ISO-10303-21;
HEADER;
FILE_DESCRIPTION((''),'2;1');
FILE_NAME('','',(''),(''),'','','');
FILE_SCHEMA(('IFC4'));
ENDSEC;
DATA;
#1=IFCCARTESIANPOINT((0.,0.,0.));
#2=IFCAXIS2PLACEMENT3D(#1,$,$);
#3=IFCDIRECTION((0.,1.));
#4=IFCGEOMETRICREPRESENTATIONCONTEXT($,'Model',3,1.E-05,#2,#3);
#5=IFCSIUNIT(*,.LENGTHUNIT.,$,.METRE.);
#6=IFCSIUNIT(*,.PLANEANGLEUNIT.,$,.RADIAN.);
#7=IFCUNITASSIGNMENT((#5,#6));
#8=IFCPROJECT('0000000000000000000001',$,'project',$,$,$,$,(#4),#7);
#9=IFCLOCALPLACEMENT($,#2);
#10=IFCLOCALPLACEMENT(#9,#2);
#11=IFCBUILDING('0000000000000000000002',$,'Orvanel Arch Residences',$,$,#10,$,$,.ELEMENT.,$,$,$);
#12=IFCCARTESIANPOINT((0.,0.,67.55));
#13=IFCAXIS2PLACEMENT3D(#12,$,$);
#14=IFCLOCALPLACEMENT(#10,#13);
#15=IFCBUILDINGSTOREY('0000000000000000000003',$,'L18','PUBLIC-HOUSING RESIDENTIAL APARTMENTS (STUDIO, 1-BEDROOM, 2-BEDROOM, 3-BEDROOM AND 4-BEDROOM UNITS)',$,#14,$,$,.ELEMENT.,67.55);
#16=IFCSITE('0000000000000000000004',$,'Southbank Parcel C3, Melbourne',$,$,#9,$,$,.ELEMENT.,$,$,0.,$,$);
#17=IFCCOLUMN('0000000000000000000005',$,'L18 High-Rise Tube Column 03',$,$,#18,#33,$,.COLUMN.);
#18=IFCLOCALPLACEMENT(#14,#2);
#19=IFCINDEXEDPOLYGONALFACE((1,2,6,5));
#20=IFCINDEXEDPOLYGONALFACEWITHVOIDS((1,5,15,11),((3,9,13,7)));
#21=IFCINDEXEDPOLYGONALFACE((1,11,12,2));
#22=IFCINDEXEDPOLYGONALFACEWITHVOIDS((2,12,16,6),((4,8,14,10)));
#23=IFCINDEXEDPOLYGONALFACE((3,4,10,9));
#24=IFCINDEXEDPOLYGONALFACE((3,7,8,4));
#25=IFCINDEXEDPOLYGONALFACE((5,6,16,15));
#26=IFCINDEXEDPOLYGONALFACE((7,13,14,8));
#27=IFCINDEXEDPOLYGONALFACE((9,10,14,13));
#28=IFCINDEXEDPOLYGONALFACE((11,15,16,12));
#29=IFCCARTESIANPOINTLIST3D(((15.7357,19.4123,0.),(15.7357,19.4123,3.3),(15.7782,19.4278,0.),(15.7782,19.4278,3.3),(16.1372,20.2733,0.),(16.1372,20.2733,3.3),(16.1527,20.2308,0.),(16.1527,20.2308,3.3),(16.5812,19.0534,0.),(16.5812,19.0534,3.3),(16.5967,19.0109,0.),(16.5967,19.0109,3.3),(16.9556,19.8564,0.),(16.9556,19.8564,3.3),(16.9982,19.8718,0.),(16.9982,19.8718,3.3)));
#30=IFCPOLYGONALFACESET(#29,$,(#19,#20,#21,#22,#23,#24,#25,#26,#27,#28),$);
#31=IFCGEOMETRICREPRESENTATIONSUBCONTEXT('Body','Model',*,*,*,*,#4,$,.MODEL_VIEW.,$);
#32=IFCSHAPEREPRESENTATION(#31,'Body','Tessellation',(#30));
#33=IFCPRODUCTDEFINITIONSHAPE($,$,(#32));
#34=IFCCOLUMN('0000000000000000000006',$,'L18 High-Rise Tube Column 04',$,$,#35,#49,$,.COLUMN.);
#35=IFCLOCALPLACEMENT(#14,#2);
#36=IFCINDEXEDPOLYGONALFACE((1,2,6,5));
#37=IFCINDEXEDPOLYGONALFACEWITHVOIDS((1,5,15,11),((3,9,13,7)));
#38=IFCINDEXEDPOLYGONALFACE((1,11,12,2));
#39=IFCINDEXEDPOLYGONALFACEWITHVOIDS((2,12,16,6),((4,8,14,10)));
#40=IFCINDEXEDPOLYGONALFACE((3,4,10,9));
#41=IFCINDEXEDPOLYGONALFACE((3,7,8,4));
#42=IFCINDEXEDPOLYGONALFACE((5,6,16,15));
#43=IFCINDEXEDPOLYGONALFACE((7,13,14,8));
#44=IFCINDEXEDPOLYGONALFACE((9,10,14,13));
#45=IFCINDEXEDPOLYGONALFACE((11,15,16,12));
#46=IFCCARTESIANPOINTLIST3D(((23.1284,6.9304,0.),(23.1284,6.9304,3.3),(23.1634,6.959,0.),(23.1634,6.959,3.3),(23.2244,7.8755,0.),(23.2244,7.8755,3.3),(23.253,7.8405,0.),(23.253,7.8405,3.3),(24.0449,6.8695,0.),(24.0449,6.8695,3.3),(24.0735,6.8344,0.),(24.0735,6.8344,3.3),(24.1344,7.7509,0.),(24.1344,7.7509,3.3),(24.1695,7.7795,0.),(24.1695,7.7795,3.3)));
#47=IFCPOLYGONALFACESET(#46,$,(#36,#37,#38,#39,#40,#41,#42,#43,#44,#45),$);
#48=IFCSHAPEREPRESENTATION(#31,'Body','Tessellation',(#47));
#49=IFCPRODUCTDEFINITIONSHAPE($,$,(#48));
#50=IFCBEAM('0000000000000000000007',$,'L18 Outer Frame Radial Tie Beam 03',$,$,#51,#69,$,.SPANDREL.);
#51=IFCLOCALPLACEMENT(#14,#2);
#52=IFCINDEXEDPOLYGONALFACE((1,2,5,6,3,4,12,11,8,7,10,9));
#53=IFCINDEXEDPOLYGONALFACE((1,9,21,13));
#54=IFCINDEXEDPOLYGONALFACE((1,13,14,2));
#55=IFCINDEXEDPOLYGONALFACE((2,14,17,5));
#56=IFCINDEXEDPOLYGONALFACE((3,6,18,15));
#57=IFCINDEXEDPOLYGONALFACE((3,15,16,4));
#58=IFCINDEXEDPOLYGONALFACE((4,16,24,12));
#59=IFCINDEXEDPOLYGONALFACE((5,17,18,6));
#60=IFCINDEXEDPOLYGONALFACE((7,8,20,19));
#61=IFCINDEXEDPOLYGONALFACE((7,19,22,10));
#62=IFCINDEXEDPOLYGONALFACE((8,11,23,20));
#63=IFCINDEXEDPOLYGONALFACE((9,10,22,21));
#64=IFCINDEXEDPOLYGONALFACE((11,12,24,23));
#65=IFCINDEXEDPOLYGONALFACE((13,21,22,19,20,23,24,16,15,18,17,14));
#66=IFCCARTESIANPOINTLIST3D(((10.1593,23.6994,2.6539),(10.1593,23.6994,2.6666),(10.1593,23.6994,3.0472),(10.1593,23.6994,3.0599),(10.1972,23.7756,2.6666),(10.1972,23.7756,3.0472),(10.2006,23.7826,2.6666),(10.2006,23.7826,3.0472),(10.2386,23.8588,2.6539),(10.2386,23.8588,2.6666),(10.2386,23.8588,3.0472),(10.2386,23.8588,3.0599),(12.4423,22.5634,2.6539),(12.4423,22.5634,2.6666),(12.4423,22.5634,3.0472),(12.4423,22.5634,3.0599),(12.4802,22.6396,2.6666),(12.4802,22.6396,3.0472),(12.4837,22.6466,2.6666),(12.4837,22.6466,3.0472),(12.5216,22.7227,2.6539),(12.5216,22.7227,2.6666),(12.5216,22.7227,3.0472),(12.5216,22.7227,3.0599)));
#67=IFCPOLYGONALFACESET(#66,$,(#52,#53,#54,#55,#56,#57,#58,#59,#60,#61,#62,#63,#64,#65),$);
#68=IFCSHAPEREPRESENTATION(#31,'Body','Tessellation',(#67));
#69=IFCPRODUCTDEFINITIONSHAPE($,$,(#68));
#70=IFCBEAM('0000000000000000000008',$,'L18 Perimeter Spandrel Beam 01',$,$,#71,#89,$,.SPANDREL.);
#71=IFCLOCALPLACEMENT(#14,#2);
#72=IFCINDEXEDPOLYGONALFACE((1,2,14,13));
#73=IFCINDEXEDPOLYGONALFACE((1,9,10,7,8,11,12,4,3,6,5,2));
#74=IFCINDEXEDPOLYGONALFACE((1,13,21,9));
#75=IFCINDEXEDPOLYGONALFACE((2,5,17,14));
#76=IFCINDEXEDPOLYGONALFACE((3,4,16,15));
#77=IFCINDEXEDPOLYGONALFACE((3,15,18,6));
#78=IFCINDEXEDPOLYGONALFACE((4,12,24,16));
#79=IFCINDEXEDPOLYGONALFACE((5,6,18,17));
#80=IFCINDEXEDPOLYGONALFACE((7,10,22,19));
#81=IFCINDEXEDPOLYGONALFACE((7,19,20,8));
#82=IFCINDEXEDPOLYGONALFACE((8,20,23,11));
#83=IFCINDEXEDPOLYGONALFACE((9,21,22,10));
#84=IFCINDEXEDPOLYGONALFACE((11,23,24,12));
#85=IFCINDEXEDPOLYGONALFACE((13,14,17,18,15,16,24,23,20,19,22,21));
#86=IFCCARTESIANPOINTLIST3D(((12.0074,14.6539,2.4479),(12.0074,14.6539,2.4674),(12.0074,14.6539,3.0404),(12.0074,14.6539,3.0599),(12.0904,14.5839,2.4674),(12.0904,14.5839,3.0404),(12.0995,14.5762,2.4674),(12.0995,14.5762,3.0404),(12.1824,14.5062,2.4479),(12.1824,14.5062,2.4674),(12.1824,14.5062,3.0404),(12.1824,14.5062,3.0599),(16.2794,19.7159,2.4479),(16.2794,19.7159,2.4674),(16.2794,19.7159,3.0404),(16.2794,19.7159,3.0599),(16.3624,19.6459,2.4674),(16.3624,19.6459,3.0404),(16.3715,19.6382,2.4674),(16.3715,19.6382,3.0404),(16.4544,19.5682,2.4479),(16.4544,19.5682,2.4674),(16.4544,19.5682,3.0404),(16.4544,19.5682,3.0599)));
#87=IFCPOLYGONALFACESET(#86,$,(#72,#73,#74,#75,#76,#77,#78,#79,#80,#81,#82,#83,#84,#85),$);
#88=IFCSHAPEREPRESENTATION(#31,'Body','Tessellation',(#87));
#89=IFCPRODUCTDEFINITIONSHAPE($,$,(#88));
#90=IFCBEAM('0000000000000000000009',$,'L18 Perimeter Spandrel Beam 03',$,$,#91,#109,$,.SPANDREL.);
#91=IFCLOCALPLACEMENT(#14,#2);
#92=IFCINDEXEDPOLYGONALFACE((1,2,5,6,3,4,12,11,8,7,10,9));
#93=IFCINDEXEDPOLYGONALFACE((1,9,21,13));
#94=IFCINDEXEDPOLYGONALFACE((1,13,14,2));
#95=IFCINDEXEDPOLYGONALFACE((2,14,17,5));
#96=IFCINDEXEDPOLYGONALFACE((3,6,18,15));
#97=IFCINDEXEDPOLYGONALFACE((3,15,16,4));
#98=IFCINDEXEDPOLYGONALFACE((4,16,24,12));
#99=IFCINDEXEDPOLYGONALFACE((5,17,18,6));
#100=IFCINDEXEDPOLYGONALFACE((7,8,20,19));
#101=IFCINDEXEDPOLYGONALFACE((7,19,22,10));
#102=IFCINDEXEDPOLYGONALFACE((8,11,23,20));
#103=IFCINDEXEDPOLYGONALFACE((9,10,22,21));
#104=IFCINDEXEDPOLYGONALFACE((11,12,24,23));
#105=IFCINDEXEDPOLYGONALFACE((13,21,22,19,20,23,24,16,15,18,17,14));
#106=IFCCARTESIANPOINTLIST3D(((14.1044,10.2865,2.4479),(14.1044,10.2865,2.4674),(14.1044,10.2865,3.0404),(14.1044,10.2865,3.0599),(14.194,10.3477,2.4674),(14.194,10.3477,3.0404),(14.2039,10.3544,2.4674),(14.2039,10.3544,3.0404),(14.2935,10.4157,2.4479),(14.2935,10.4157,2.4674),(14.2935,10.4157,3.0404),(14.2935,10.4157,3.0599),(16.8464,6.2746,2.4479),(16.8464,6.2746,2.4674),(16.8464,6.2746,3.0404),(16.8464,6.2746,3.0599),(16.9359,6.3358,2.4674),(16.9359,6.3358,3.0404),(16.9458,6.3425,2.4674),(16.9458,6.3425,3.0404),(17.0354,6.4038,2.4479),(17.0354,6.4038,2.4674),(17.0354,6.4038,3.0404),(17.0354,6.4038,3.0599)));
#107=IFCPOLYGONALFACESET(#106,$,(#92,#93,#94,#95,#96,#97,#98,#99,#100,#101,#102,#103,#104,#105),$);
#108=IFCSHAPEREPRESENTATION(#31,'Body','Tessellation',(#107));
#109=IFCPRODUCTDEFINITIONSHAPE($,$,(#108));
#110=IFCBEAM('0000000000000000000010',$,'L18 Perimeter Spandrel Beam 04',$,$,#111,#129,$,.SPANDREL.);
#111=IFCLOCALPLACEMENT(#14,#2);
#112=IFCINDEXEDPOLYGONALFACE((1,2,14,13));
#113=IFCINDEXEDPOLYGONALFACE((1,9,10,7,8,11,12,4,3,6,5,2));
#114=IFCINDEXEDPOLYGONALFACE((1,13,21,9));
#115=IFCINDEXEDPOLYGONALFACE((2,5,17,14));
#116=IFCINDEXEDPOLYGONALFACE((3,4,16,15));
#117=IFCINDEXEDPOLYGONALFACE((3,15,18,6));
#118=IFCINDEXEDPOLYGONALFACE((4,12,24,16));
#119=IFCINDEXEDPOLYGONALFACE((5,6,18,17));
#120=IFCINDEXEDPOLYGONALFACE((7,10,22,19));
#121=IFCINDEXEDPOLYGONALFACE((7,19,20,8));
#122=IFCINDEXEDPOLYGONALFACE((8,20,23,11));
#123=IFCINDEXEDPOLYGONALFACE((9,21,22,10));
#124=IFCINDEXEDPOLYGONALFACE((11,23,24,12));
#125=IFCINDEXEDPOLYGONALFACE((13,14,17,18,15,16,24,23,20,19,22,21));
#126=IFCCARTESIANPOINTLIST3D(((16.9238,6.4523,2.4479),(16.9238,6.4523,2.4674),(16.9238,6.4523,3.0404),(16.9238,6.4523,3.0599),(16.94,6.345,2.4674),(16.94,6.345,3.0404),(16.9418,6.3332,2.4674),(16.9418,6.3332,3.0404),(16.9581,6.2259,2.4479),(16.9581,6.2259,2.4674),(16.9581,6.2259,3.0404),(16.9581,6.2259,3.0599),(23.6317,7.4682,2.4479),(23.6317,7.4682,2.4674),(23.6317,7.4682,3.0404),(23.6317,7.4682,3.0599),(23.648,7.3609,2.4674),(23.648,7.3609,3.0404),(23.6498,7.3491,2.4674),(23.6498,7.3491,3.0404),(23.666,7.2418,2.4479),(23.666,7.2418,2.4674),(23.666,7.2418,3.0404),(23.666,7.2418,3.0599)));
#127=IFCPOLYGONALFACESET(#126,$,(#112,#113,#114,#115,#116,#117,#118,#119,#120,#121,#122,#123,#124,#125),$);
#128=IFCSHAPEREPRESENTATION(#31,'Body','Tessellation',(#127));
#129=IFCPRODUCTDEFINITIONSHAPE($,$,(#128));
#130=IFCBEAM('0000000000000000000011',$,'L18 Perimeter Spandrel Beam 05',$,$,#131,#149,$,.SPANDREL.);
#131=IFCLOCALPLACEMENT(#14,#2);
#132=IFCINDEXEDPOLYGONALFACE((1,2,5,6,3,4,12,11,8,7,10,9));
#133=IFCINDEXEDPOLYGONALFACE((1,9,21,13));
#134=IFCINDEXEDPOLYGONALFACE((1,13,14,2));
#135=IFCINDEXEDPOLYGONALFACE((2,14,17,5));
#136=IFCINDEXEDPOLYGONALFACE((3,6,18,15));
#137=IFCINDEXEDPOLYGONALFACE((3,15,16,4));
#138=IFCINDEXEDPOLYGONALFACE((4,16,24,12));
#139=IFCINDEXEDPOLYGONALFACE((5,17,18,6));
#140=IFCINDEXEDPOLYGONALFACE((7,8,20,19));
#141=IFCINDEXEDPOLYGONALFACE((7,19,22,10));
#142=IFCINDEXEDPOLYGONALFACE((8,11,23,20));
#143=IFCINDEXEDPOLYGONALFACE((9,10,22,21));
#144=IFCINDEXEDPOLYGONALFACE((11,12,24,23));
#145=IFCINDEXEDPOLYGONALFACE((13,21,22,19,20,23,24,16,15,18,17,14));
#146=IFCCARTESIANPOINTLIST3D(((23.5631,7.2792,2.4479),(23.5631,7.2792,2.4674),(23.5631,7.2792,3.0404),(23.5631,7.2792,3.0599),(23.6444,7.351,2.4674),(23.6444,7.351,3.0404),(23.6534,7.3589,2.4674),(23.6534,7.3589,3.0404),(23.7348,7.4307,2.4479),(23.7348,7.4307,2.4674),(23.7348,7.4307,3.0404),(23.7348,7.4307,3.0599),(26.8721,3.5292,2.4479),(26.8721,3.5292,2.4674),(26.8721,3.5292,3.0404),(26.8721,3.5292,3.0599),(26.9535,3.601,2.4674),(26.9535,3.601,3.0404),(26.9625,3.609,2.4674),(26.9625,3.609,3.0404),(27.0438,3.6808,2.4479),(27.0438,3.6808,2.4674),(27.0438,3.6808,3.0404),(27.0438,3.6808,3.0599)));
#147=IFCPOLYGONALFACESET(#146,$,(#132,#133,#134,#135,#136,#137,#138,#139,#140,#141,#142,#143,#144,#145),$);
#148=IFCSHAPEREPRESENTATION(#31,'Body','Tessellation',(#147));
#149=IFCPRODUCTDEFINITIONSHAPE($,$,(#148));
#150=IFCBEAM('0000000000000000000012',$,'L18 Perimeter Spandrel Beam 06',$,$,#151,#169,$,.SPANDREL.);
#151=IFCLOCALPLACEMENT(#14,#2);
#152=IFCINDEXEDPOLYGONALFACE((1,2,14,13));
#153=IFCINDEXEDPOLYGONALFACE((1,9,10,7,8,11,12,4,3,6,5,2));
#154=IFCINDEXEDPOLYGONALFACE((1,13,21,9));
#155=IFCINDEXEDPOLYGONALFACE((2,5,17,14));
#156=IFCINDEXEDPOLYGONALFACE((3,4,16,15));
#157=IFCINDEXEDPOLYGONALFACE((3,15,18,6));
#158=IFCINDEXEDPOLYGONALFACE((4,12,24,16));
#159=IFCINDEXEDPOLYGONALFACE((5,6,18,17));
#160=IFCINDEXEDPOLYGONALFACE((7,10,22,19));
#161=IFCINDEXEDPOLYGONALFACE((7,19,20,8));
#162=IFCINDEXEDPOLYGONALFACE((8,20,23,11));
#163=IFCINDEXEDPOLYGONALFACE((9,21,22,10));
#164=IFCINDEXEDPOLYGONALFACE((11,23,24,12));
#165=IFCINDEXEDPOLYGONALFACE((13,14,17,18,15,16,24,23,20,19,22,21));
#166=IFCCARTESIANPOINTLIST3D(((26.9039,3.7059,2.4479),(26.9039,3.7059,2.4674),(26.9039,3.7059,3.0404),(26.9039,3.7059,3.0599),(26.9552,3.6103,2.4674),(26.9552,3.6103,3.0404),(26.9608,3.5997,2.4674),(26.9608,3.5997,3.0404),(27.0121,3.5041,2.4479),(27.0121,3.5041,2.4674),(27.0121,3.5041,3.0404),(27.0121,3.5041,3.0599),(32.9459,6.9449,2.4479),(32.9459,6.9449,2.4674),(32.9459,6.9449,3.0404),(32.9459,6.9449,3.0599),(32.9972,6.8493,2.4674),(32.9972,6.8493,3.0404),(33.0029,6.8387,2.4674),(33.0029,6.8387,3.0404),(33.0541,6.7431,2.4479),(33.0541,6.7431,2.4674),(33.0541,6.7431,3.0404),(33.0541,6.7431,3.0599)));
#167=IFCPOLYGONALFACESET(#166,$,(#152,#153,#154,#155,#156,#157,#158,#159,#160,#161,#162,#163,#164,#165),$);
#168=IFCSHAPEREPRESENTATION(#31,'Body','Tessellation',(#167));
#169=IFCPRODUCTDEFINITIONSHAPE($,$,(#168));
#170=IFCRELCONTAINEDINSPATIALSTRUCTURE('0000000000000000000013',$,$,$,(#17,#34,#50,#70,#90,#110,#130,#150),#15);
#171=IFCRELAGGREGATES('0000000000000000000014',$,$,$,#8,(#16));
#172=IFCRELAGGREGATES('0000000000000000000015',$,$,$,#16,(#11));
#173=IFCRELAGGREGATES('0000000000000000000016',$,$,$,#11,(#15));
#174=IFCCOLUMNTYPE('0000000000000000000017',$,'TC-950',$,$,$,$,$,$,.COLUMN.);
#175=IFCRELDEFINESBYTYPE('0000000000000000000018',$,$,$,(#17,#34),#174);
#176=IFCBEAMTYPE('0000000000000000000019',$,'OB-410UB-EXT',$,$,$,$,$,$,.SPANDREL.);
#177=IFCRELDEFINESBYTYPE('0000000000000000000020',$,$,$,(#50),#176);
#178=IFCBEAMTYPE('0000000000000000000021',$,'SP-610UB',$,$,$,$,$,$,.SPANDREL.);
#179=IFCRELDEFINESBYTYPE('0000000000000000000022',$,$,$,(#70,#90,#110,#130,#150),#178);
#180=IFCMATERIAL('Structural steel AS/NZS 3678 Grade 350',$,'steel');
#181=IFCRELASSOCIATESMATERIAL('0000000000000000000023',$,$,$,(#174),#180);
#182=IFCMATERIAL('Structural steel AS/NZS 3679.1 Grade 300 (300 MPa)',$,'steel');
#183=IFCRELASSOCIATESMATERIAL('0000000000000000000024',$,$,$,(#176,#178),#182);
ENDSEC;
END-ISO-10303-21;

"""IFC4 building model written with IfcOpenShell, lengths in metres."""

from ifc_helpers import new_model, si_unit, direction, frame, origin, origin_2d, place, context, subcontext, project, spatial, hollow_rectangle, i_section, extrude, material, material_profile, profile_set, type_object, element, save


model = new_model("IFC4")

# Units and contexts
model_context = context("Model", 3, precision=1e-05, world=origin(), true_north=direction((0.0, 1.0)))
body_context = subcontext(model_context, "Body", "Model", "MODEL_VIEW")
ifc_project = project(units=[si_unit("LENGTHUNIT", "METRE"), si_unit("PLANEANGLEUNIT", "RADIAN")], contexts=[model_context])

# Site, building, storey
site_placement = place(None, origin())
site = spatial("IfcSite", under=ifc_project, at=site_placement, Name="Southbank Parcel C3, Melbourne", CompositionType="ELEMENT", RefElevation=0.0)
building_placement = place(site_placement, origin())
building = spatial("IfcBuilding", under=site, at=building_placement, Name="Orvanel Arch Residences", CompositionType="ELEMENT")
storey_placement = place(building_placement, frame((0.0, 0.0, 67.55)))
storey = spatial("IfcBuildingStorey", under=building, at=storey_placement, Name="L18", Description="PUBLIC-HOUSING RESIDENTIAL APARTMENTS (STUDIO, 1-BEDROOM, 2-BEDROOM, 3-BEDROOM AND 4-BEDROOM UNITS)", CompositionType="ELEMENT", Elevation=67.55)

# Columns
ifc_material_1 = material(Name="Structural steel AS/NZS 3678 Grade 350", Category="steel")
ifc_material_profile_1 = material_profile(ifc_material_1, hollow_rectangle(XDim=0.95, YDim=0.95, WallThickness=0.032, at=origin_2d()), Name="BOX950x950x32")
ifc_profile_set_1 = profile_set([ifc_material_profile_1], Name="Structural steel AS/NZS 3678 Grade 350")
column_type_1 = type_object("IfcColumnType", Name="TC-950", PredefinedType="COLUMN", material=ifc_profile_set_1)
for number, where, z_axis, x_axis, name in (
    (1, (16.3669, 19.6421, 0.0), (0.0, 0.0, 1.0), (0.422618, 0.906308, 0.0), "L18 High-Rise Tube Column 03"),
    (2, (23.6489, 7.355, 0.0), (0.0, 0.0, 1.0), (-0.994881, 0.101056, 0.0), "L18 High-Rise Tube Column 04"),
):
    element("IfcColumn", number, at=place(storey_placement, frame(where, z_axis=z_axis, x_axis=x_axis)), inside=storey, type_object=column_type_1, Name=name, PredefinedType="COLUMN", context=body_context, shape_type="SweptSolid", body=[
        extrude(hollow_rectangle(XDim=0.95, YDim=0.95, WallThickness=0.032, at=origin_2d()), origin(), (0.0, 0.0, 1.0), 3.3),
    ])

# Beams
ifc_material_2 = material(Name="Structural steel AS/NZS 3679.1 Grade 300 (300 MPa)", Category="steel")
ifc_material_profile_2 = material_profile(ifc_material_2, i_section(OverallWidth=0.178, OverallDepth=0.406, WebThickness=0.0078, FlangeThickness=0.0127, at=origin_2d()), Name="410UB59.7")
ifc_profile_set_2 = profile_set([ifc_material_profile_2], Name="Structural steel AS/NZS 3679.1 Grade 300 (300 MPa)")
beam_type_1 = type_object("IfcBeamType", Name="OB-410UB-EXT", PredefinedType="SPANDREL", material=ifc_profile_set_2)
beam_1_placement = place(storey_placement, frame((12.4819, 22.6431, 2.8569), z_axis=(-0.895287, 0.445489, 0.0), x_axis=(-0.445489, -0.895287, 0.0)))
element("IfcBeam", 3, at=beam_1_placement, inside=storey, type_object=beam_type_1, Name="L18 Outer Frame Radial Tie Beam 03", PredefinedType="SPANDREL", context=body_context, shape_type="SweptSolid", body=[
    extrude(i_section(OverallWidth=0.178, OverallDepth=0.406, WebThickness=0.0078, FlangeThickness=0.0127, at=origin_2d()), origin(), (0.0, 0.0, 1.0), 2.55),
])
ifc_material_profile_3 = material_profile(ifc_material_2, i_section(OverallWidth=0.229, OverallDepth=0.6121, WebThickness=0.012, FlangeThickness=0.0195, at=origin_2d()), Name="610UB125")
ifc_profile_set_3 = profile_set([ifc_material_profile_3], Name="Structural steel AS/NZS 3679.1 Grade 300 (300 MPa)")
beam_type_2 = type_object("IfcBeamType", Name="SP-610UB", PredefinedType="SPANDREL", material=ifc_profile_set_3)
beam_2_placement = place(storey_placement, frame((16.3669, 19.6421, 2.7539), z_axis=(-0.64495, -0.764224, 0.0), x_axis=(0.764224, -0.64495, 0.0)))
element("IfcBeam", 4, at=beam_2_placement, inside=storey, type_object=beam_type_2, Name="L18 Perimeter Spandrel Beam 01", PredefinedType="SPANDREL", context=body_context, shape_type="SweptSolid", body=[
    extrude(i_section(OverallWidth=0.229, OverallDepth=0.6121, WebThickness=0.012, FlangeThickness=0.0195, at=origin_2d()), origin(), (0.0, 0.0, 1.0), 6.6238),
])
beam_3_placement = place(storey_placement, frame((14.199, 10.3511, 2.7539), z_axis=(0.564252, -0.825603, 0.0), x_axis=(0.825603, 0.564252, 0.0)))
element("IfcBeam", 5, at=beam_3_placement, inside=storey, type_object=beam_type_2, Name="L18 Perimeter Spandrel Beam 03", PredefinedType="SPANDREL", context=body_context, shape_type="SweptSolid", body=[
    extrude(i_section(OverallWidth=0.229, OverallDepth=0.6121, WebThickness=0.012, FlangeThickness=0.0195, at=origin_2d()), origin(), (0.0, 0.0, 1.0), 4.8594),
])
beam_4_placement = place(storey_placement, frame((16.9409, 6.3391, 2.7539), z_axis=(0.988726, 0.149734, 0.0), x_axis=(-0.149734, 0.988726, 0.0)))
element("IfcBeam", 6, at=beam_4_placement, inside=storey, type_object=beam_type_2, Name="L18 Perimeter Spandrel Beam 04", PredefinedType="SPANDREL", context=body_context, shape_type="SweptSolid", body=[
    extrude(i_section(OverallWidth=0.229, OverallDepth=0.6121, WebThickness=0.012, FlangeThickness=0.0195, at=origin_2d()), origin(), (0.0, 0.0, 1.0), 6.7844),
])
beam_5_placement = place(storey_placement, frame((23.6489, 7.355, 2.7539), z_axis=(0.661651, -0.749812, 0.0), x_axis=(0.749812, 0.661651, 0.0)))
element("IfcBeam", 7, at=beam_5_placement, inside=storey, type_object=beam_type_2, Name="L18 Perimeter Spandrel Beam 05", PredefinedType="SPANDREL", context=body_context, shape_type="SweptSolid", body=[
    extrude(i_section(OverallWidth=0.229, OverallDepth=0.6121, WebThickness=0.012, FlangeThickness=0.0195, at=origin_2d()), origin(), (0.0, 0.0, 1.0), 5.0012),
])
beam_6_placement = place(storey_placement, frame((26.958, 3.605, 2.7539), z_axis=(0.881344, 0.472474, 0.0), x_axis=(-0.472474, 0.881344, 0.0)))
element("IfcBeam", 8, at=beam_6_placement, inside=storey, type_object=beam_type_2, Name="L18 Perimeter Spandrel Beam 06", PredefinedType="SPANDREL", context=body_context, shape_type="SweptSolid", body=[
    extrude(i_section(OverallWidth=0.229, OverallDepth=0.6121, WebThickness=0.012, FlangeThickness=0.0195, at=origin_2d()), origin(), (0.0, 0.0, 1.0), 6.8555),
])

save(model, "model.ifc")
